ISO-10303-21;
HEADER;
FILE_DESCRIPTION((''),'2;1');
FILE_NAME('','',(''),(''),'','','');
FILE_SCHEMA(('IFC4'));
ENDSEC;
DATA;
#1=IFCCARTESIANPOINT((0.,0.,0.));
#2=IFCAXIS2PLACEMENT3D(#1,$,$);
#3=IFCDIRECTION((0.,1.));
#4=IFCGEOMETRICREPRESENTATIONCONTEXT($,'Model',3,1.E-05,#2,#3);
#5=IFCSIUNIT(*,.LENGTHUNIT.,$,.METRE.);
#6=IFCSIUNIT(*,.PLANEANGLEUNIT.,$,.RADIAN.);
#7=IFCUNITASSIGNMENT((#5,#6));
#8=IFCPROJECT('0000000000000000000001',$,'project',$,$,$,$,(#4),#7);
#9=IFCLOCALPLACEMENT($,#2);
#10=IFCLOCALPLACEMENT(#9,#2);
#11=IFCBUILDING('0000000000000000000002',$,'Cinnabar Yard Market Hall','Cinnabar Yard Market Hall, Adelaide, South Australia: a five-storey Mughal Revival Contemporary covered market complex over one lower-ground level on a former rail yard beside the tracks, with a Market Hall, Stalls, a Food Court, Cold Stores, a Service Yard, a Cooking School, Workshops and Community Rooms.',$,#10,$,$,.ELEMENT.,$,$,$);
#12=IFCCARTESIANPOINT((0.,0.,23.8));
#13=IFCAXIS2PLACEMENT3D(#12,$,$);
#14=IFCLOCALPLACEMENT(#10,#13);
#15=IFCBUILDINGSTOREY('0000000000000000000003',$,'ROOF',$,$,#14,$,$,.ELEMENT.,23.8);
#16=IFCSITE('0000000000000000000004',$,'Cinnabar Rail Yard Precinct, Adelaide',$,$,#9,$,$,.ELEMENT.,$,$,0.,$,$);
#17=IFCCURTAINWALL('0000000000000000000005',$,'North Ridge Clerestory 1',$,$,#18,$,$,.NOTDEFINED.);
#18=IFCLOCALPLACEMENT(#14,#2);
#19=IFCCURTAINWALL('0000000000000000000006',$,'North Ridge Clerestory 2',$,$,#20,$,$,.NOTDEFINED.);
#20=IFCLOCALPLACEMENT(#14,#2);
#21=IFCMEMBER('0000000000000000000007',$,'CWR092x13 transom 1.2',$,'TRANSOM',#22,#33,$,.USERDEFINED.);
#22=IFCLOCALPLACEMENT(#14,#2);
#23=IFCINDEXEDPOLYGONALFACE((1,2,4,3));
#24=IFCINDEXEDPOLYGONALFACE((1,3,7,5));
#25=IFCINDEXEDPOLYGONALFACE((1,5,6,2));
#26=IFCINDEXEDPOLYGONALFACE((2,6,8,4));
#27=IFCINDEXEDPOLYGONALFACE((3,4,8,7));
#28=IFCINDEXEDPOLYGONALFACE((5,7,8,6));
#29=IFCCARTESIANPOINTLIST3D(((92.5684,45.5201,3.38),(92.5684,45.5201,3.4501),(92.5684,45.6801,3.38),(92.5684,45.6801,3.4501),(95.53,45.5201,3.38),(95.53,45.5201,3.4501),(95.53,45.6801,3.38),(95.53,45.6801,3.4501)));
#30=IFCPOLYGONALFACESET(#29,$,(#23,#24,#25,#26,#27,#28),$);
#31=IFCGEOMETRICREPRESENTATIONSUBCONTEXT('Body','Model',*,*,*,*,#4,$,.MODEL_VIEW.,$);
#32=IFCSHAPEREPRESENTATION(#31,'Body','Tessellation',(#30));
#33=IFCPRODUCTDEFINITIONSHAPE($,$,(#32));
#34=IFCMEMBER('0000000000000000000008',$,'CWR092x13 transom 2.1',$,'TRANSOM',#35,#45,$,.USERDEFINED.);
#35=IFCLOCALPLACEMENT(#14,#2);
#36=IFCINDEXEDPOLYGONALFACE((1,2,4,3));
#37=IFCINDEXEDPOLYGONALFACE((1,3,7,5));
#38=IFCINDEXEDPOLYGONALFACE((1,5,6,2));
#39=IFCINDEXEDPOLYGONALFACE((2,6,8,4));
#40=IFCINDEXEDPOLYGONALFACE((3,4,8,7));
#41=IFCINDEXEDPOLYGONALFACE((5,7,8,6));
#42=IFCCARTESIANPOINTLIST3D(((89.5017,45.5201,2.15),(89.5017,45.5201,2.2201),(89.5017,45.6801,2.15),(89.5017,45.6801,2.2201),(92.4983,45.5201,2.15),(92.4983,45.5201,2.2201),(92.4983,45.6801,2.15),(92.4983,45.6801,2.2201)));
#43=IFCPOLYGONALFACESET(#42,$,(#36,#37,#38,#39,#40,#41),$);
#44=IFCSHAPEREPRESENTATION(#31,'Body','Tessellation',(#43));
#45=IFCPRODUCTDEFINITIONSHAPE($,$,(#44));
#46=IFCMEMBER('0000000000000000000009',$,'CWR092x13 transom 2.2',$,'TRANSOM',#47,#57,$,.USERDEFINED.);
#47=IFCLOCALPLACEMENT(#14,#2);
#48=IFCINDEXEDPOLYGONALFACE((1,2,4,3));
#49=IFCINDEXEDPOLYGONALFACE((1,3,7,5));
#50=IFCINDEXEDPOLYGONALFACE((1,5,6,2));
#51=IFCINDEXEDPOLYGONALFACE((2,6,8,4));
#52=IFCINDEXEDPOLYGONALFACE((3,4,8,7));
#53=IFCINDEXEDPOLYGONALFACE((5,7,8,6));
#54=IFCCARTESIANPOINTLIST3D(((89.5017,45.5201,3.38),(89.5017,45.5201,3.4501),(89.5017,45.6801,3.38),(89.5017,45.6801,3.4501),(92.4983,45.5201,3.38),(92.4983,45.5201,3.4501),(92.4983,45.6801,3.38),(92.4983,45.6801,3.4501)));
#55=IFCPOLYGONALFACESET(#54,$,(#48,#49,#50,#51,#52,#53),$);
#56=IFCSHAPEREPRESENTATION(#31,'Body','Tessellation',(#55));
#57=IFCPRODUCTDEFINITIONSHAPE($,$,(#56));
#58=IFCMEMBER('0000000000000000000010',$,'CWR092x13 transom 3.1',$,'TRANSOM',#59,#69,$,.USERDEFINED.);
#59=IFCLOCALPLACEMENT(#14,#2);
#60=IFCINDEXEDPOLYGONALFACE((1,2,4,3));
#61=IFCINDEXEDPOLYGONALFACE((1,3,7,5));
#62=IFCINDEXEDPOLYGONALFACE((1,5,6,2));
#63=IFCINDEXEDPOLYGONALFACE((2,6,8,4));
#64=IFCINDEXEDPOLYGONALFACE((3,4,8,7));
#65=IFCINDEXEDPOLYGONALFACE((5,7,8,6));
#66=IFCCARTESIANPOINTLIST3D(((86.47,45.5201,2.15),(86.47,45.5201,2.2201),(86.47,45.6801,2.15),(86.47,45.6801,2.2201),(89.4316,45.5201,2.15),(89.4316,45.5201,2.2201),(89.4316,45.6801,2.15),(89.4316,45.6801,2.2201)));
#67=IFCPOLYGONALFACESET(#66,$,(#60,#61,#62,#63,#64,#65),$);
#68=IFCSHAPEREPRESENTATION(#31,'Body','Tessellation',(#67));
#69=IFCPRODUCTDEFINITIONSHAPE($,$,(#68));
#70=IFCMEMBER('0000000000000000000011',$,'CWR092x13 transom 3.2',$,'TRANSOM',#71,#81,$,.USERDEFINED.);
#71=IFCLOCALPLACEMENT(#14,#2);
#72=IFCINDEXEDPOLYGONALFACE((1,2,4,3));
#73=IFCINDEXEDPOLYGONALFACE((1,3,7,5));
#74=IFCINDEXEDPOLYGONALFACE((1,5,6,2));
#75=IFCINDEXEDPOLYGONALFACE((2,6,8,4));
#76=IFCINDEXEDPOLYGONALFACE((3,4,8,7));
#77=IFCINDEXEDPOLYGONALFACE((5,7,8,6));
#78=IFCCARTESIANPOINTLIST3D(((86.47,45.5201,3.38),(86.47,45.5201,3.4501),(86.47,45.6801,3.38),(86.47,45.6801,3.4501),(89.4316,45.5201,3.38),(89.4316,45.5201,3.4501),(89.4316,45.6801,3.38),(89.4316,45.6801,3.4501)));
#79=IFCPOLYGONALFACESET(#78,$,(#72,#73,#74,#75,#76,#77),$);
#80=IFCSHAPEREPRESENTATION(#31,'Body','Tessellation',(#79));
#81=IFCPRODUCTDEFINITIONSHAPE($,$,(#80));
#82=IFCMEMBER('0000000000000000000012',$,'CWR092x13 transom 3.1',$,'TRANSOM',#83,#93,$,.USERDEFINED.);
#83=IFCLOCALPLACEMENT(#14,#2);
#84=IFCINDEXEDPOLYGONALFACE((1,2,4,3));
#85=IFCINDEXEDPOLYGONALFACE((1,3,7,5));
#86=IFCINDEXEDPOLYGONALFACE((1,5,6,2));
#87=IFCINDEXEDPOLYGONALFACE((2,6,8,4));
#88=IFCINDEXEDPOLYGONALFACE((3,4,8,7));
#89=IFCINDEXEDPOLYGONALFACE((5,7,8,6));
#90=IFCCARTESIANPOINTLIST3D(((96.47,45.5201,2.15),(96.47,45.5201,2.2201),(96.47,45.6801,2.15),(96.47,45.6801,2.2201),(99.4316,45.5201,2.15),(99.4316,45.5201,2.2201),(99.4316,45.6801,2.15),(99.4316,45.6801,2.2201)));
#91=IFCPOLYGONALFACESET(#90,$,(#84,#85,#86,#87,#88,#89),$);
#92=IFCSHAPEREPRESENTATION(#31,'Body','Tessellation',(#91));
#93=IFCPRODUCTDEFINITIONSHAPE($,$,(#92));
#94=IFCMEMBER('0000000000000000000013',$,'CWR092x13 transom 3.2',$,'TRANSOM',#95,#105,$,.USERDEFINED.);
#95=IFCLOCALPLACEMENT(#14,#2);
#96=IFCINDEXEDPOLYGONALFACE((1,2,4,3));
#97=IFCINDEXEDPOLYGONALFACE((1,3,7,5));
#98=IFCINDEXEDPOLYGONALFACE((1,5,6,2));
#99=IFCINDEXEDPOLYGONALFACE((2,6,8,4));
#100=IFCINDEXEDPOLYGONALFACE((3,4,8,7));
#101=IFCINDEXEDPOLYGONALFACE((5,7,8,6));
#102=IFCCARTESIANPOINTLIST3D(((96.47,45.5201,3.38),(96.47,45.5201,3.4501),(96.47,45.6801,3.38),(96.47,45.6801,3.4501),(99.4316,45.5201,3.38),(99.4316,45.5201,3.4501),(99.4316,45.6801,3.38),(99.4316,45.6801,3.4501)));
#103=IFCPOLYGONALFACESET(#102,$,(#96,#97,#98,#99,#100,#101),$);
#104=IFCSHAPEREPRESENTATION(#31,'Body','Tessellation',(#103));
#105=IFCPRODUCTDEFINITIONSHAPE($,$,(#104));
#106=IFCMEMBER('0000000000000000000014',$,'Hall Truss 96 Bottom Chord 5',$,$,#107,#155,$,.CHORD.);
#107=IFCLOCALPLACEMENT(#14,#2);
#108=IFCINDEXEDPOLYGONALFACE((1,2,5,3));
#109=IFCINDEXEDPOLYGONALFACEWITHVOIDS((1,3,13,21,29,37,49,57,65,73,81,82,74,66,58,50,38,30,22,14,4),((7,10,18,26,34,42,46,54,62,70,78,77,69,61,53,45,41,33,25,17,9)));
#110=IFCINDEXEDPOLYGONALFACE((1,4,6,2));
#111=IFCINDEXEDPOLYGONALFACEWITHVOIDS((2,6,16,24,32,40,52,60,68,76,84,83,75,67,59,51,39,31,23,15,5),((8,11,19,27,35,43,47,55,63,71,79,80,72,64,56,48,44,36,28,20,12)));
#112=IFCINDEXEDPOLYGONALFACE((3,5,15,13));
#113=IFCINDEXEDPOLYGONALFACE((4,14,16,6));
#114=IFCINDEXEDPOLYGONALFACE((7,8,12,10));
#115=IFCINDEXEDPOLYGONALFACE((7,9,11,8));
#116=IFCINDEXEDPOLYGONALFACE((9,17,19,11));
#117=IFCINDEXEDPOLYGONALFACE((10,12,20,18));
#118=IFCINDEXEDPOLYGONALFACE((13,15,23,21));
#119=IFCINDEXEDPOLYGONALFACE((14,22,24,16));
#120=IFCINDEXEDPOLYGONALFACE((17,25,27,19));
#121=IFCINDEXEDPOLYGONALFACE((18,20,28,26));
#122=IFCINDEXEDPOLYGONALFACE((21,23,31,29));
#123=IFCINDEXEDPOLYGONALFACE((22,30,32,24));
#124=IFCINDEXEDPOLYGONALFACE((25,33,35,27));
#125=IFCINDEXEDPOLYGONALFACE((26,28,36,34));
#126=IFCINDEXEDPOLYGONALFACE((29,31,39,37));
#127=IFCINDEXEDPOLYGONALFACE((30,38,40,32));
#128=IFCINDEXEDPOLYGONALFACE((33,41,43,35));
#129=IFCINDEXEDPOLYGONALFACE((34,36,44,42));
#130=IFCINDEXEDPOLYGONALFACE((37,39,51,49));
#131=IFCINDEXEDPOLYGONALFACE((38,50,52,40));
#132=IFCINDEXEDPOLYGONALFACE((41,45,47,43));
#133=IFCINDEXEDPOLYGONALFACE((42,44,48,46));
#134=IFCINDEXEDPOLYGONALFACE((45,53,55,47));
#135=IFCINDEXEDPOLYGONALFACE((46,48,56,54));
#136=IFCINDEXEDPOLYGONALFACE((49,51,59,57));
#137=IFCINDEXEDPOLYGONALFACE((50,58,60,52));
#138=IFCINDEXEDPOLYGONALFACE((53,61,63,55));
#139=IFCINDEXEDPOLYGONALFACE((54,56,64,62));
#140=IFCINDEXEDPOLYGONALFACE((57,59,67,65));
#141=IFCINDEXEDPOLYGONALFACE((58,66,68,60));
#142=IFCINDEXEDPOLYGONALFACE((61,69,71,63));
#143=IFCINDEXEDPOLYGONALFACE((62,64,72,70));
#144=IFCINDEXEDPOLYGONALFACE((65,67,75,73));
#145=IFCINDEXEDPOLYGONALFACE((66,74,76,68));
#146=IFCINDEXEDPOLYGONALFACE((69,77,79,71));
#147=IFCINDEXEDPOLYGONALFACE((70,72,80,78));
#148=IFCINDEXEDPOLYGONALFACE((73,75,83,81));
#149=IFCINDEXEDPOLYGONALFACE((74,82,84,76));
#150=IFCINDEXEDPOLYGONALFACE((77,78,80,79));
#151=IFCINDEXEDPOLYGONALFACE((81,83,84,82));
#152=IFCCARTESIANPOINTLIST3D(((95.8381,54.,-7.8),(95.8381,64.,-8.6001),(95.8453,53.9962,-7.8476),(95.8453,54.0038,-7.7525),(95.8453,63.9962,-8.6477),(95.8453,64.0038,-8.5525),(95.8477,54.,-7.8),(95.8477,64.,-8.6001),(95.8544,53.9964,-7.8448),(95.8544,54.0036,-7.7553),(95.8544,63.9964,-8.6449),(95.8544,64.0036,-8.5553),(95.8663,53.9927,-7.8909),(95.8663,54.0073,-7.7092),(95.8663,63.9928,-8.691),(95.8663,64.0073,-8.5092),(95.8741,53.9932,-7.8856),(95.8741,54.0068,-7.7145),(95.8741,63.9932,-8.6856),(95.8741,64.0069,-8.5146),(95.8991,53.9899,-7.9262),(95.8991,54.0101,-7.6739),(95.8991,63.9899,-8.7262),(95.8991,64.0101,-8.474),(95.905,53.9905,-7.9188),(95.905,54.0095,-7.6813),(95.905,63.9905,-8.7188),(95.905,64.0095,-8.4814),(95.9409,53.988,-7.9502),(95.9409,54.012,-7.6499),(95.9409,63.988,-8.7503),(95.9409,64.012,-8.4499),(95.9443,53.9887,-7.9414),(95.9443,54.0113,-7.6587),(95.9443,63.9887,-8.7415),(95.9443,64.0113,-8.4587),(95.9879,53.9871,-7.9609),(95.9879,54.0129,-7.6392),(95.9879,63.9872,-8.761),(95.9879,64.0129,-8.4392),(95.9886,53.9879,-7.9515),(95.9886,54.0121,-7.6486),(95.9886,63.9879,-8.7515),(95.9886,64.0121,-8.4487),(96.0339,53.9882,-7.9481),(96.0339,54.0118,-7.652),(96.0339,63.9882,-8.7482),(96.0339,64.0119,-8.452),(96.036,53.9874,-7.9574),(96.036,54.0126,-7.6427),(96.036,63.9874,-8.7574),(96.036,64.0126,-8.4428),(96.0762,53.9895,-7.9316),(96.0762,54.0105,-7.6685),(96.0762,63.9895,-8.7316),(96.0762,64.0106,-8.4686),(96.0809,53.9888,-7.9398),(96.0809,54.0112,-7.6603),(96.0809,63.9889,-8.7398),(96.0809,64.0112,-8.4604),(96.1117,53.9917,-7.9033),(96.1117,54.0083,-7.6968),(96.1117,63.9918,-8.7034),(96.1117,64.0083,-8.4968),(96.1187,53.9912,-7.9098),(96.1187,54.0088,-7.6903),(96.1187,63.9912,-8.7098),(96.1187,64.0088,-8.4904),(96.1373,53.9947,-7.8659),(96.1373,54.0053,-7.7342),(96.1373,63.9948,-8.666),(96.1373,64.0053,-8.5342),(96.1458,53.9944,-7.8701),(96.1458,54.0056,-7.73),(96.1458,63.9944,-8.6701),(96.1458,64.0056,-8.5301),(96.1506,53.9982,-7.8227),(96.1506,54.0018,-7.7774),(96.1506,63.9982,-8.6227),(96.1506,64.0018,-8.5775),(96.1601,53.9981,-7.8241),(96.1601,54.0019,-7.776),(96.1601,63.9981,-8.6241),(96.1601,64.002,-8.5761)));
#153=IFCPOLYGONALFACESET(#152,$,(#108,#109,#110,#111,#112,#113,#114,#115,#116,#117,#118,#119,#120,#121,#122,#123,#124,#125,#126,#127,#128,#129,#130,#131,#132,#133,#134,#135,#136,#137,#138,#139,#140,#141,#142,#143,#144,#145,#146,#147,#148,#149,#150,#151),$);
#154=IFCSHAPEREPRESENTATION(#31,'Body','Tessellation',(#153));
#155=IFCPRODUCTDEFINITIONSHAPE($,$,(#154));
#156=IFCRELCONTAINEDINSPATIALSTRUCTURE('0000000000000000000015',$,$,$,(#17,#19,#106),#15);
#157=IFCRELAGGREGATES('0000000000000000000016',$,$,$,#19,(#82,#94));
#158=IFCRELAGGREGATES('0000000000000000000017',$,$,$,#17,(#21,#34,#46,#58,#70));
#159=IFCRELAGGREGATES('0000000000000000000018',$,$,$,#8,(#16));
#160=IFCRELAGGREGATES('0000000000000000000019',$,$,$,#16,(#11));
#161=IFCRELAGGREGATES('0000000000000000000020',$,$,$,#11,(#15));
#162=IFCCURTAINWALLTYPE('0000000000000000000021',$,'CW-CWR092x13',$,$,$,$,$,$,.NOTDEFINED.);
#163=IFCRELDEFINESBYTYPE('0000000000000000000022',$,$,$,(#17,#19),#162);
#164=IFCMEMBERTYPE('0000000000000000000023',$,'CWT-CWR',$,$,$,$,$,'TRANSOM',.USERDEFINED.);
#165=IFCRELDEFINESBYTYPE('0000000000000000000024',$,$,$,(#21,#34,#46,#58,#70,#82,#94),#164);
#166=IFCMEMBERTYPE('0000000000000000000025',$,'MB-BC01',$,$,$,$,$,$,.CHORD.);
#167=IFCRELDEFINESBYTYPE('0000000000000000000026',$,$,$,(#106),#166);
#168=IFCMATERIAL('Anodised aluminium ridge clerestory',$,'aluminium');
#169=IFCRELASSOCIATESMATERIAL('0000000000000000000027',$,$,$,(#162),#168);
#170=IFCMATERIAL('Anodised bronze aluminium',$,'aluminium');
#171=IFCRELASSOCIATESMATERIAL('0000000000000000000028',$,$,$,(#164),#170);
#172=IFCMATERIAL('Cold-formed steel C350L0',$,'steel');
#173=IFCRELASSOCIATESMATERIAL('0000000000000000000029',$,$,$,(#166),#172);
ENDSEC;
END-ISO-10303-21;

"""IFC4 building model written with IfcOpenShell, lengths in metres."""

from ifc_helpers import new_model, si_unit, direction, frame, origin, origin_2d_with_axis, place, context, subcontext, project, spatial, rectangle, hollow_circle, extrude, material, material_profile, profile_set, type_object, element, aggregate, save


model = new_model("IFC4")

# Units and contexts
model_context = context("Model", 3, precision=1e-05, world=origin(), true_north=direction((0.0, 1.0)))
body_context = subcontext(model_context, "Body", "Model", "MODEL_VIEW")
ifc_project = project(units=[si_unit("LENGTHUNIT", "METRE"), si_unit("PLANEANGLEUNIT", "RADIAN")], contexts=[model_context])

# Site, building, storey
site_placement = place(None, origin())
site = spatial("IfcSite", under=ifc_project, at=site_placement, Name="Cinnabar Rail Yard Precinct, Adelaide", CompositionType="ELEMENT", RefElevation=0.0)
building_placement = place(site_placement, origin())
building = spatial("IfcBuilding", under=site, at=building_placement, Name="Cinnabar Yard Market Hall", Description="Cinnabar Yard Market Hall, Adelaide, South Australia: a five-storey Mughal Revival Contemporary covered market complex over one lower-ground level on a former rail yard beside the tracks, with a Market Hall, Stalls, a Food Court, Cold Stores, a Service Yard, a Cooking School, Workshops and Community Rooms.", CompositionType="ELEMENT")
storey_placement = place(building_placement, frame((0.0, 0.0, 23.8)))
storey = spatial("IfcBuildingStorey", under=building, at=storey_placement, Name="ROOF", CompositionType="ELEMENT", Elevation=23.8)

# Curtain walls
ifc_material_1 = material(Name="Anodised aluminium ridge clerestory", Category="aluminium")
curtain_wall_type = type_object("IfcCurtainWallType", Name="CW-CWR092x13", PredefinedType="NOTDEFINED", material=ifc_material_1)
curtain_wall_1_placement = place(storey_placement, origin())
curtain_wall_1 = element("IfcCurtainWall", 1, at=curtain_wall_1_placement, inside=storey, type_object=curtain_wall_type, Name="North Ridge Clerestory 1", PredefinedType="NOTDEFINED")
ifc_material_2 = material(Name="Anodised bronze aluminium", Category="aluminium")
curtain_wall_2_placement = place(storey_placement, origin())
curtain_wall_2 = element("IfcCurtainWall", 2, at=curtain_wall_2_placement, inside=storey, type_object=curtain_wall_type, Name="North Ridge Clerestory 2", PredefinedType="NOTDEFINED")

# Members
ifc_material_profile_1 = material_profile(ifc_material_2, rectangle(XDim=0.1599, YDim=0.0701, at=origin_2d_with_axis()), Name="TRN-CWR")
ifc_profile_set_1 = profile_set([ifc_material_profile_1], Name="Anodised bronze aluminium")
member_type_1 = type_object("IfcMemberType", Name="CWT-CWR", ElementType="TRANSOM", PredefinedType="USERDEFINED", material=ifc_profile_set_1)
member_1_placement = place(storey_placement, frame((95.53, 45.6001, 3.415), z_axis=(-1.0, 0.0, 0.0), x_axis=(0.0, -1.0, 0.0)))
member_1 = element("IfcMember", 3, at=member_1_placement, type_object=member_type_1, Name="CWR092x13 transom 1.2", ObjectType="TRANSOM", PredefinedType="USERDEFINED", context=body_context, shape_type="SweptSolid", body=[
    extrude(rectangle(XDim=0.1599, YDim=0.0701, at=origin_2d_with_axis()), origin(), (0.0, 0.0, 1.0), 2.9617),
])
member_2_placement = place(storey_placement, frame((92.4983, 45.6001, 2.1851), z_axis=(-1.0, 0.0, 0.0), x_axis=(0.0, -1.0, 0.0)))
member_2 = element("IfcMember", 4, at=member_2_placement, type_object=member_type_1, Name="CWR092x13 transom 2.1", ObjectType="TRANSOM", PredefinedType="USERDEFINED", context=body_context, shape_type="SweptSolid", body=[
    extrude(rectangle(XDim=0.1599, YDim=0.0701, at=origin_2d_with_axis()), origin(), (0.0, 0.0, 1.0), 2.9966),
])
member_3_placement = place(storey_placement, frame((92.4983, 45.6001, 3.415), z_axis=(-1.0, 0.0, 0.0), x_axis=(0.0, -1.0, 0.0)))
member_3 = element("IfcMember", 5, at=member_3_placement, type_object=member_type_1, Name="CWR092x13 transom 2.2", ObjectType="TRANSOM", PredefinedType="USERDEFINED", context=body_context, shape_type="SweptSolid", body=[
    extrude(rectangle(XDim=0.1599, YDim=0.0701, at=origin_2d_with_axis()), origin(), (0.0, 0.0, 1.0), 2.9966),
])
member_4_placement = place(storey_placement, frame((89.4316, 45.6001, 2.1851), z_axis=(-1.0, 0.0, 0.0), x_axis=(0.0, -1.0, 0.0)))
member_4 = element("IfcMember", 6, at=member_4_placement, type_object=member_type_1, Name="CWR092x13 transom 3.1", ObjectType="TRANSOM", PredefinedType="USERDEFINED", context=body_context, shape_type="SweptSolid", body=[
    extrude(rectangle(XDim=0.1599, YDim=0.0701, at=origin_2d_with_axis()), origin(), (0.0, 0.0, 1.0), 2.9617),
])
member_5_placement = place(storey_placement, frame((89.4316, 45.6001, 3.415), z_axis=(-1.0, 0.0, 0.0), x_axis=(0.0, -1.0, 0.0)))
member_5 = element("IfcMember", 7, at=member_5_placement, type_object=member_type_1, Name="CWR092x13 transom 3.2", ObjectType="TRANSOM", PredefinedType="USERDEFINED", context=body_context, shape_type="SweptSolid", body=[
    extrude(rectangle(XDim=0.1599, YDim=0.0701, at=origin_2d_with_axis()), origin(), (0.0, 0.0, 1.0), 2.9617),
])
member_6_placement = place(storey_placement, frame((99.4316, 45.6001, 2.1851), z_axis=(-1.0, 0.0, 0.0), x_axis=(0.0, -1.0, 0.0)))
member_6 = element("IfcMember", 8, at=member_6_placement, type_object=member_type_1, Name="CWR092x13 transom 3.1", ObjectType="TRANSOM", PredefinedType="USERDEFINED", context=body_context, shape_type="SweptSolid", body=[
    extrude(rectangle(XDim=0.1599, YDim=0.0701, at=origin_2d_with_axis()), origin(), (0.0, 0.0, 1.0), 2.9617),
])
member_7_placement = place(storey_placement, frame((99.4316, 45.6001, 3.415), z_axis=(-1.0, 0.0, 0.0), x_axis=(0.0, -1.0, 0.0)))
member_7 = element("IfcMember", 9, at=member_7_placement, type_object=member_type_1, Name="CWR092x13 transom 3.2", ObjectType="TRANSOM", PredefinedType="USERDEFINED", context=body_context, shape_type="SweptSolid", body=[
    extrude(rectangle(XDim=0.1599, YDim=0.0701, at=origin_2d_with_axis()), origin(), (0.0, 0.0, 1.0), 2.9617),
])

# Member
ifc_material_3 = material(Name="Cold-formed steel C350L0", Category="steel")
ifc_material_profile_2 = material_profile(ifc_material_3, hollow_circle(Radius=0.1619, WallThickness=0.0095, at=origin_2d_with_axis()), Name="323.9x9.5CHS")
ifc_profile_set_2 = profile_set([ifc_material_profile_2], Name="Cold-formed steel C350L0")
member_type_2 = type_object("IfcMemberType", Name="MB-BC01", PredefinedType="CHORD", material=ifc_profile_set_2)
member_8_placement = place(storey_placement, frame((96.0, 54.0, -7.8), z_axis=(0.0, 0.996815, -0.07975), x_axis=(-1.0, 0.0, 0.0)))
element("IfcMember", 10, at=member_8_placement, inside=storey, type_object=member_type_2, Name="Hall Truss 96 Bottom Chord 5", PredefinedType="CHORD", context=body_context, shape_type="SweptSolid", body=[
    extrude(hollow_circle(Radius=0.1619, WallThickness=0.0095, at=origin_2d_with_axis()), origin(), (0.0, 0.0, 1.0), 10.032),
])

aggregate(curtain_wall_2, [member_6, member_7])
aggregate(curtain_wall_1, [member_1, member_2, member_3, member_4, member_5])

save(model, "model.ifc")
